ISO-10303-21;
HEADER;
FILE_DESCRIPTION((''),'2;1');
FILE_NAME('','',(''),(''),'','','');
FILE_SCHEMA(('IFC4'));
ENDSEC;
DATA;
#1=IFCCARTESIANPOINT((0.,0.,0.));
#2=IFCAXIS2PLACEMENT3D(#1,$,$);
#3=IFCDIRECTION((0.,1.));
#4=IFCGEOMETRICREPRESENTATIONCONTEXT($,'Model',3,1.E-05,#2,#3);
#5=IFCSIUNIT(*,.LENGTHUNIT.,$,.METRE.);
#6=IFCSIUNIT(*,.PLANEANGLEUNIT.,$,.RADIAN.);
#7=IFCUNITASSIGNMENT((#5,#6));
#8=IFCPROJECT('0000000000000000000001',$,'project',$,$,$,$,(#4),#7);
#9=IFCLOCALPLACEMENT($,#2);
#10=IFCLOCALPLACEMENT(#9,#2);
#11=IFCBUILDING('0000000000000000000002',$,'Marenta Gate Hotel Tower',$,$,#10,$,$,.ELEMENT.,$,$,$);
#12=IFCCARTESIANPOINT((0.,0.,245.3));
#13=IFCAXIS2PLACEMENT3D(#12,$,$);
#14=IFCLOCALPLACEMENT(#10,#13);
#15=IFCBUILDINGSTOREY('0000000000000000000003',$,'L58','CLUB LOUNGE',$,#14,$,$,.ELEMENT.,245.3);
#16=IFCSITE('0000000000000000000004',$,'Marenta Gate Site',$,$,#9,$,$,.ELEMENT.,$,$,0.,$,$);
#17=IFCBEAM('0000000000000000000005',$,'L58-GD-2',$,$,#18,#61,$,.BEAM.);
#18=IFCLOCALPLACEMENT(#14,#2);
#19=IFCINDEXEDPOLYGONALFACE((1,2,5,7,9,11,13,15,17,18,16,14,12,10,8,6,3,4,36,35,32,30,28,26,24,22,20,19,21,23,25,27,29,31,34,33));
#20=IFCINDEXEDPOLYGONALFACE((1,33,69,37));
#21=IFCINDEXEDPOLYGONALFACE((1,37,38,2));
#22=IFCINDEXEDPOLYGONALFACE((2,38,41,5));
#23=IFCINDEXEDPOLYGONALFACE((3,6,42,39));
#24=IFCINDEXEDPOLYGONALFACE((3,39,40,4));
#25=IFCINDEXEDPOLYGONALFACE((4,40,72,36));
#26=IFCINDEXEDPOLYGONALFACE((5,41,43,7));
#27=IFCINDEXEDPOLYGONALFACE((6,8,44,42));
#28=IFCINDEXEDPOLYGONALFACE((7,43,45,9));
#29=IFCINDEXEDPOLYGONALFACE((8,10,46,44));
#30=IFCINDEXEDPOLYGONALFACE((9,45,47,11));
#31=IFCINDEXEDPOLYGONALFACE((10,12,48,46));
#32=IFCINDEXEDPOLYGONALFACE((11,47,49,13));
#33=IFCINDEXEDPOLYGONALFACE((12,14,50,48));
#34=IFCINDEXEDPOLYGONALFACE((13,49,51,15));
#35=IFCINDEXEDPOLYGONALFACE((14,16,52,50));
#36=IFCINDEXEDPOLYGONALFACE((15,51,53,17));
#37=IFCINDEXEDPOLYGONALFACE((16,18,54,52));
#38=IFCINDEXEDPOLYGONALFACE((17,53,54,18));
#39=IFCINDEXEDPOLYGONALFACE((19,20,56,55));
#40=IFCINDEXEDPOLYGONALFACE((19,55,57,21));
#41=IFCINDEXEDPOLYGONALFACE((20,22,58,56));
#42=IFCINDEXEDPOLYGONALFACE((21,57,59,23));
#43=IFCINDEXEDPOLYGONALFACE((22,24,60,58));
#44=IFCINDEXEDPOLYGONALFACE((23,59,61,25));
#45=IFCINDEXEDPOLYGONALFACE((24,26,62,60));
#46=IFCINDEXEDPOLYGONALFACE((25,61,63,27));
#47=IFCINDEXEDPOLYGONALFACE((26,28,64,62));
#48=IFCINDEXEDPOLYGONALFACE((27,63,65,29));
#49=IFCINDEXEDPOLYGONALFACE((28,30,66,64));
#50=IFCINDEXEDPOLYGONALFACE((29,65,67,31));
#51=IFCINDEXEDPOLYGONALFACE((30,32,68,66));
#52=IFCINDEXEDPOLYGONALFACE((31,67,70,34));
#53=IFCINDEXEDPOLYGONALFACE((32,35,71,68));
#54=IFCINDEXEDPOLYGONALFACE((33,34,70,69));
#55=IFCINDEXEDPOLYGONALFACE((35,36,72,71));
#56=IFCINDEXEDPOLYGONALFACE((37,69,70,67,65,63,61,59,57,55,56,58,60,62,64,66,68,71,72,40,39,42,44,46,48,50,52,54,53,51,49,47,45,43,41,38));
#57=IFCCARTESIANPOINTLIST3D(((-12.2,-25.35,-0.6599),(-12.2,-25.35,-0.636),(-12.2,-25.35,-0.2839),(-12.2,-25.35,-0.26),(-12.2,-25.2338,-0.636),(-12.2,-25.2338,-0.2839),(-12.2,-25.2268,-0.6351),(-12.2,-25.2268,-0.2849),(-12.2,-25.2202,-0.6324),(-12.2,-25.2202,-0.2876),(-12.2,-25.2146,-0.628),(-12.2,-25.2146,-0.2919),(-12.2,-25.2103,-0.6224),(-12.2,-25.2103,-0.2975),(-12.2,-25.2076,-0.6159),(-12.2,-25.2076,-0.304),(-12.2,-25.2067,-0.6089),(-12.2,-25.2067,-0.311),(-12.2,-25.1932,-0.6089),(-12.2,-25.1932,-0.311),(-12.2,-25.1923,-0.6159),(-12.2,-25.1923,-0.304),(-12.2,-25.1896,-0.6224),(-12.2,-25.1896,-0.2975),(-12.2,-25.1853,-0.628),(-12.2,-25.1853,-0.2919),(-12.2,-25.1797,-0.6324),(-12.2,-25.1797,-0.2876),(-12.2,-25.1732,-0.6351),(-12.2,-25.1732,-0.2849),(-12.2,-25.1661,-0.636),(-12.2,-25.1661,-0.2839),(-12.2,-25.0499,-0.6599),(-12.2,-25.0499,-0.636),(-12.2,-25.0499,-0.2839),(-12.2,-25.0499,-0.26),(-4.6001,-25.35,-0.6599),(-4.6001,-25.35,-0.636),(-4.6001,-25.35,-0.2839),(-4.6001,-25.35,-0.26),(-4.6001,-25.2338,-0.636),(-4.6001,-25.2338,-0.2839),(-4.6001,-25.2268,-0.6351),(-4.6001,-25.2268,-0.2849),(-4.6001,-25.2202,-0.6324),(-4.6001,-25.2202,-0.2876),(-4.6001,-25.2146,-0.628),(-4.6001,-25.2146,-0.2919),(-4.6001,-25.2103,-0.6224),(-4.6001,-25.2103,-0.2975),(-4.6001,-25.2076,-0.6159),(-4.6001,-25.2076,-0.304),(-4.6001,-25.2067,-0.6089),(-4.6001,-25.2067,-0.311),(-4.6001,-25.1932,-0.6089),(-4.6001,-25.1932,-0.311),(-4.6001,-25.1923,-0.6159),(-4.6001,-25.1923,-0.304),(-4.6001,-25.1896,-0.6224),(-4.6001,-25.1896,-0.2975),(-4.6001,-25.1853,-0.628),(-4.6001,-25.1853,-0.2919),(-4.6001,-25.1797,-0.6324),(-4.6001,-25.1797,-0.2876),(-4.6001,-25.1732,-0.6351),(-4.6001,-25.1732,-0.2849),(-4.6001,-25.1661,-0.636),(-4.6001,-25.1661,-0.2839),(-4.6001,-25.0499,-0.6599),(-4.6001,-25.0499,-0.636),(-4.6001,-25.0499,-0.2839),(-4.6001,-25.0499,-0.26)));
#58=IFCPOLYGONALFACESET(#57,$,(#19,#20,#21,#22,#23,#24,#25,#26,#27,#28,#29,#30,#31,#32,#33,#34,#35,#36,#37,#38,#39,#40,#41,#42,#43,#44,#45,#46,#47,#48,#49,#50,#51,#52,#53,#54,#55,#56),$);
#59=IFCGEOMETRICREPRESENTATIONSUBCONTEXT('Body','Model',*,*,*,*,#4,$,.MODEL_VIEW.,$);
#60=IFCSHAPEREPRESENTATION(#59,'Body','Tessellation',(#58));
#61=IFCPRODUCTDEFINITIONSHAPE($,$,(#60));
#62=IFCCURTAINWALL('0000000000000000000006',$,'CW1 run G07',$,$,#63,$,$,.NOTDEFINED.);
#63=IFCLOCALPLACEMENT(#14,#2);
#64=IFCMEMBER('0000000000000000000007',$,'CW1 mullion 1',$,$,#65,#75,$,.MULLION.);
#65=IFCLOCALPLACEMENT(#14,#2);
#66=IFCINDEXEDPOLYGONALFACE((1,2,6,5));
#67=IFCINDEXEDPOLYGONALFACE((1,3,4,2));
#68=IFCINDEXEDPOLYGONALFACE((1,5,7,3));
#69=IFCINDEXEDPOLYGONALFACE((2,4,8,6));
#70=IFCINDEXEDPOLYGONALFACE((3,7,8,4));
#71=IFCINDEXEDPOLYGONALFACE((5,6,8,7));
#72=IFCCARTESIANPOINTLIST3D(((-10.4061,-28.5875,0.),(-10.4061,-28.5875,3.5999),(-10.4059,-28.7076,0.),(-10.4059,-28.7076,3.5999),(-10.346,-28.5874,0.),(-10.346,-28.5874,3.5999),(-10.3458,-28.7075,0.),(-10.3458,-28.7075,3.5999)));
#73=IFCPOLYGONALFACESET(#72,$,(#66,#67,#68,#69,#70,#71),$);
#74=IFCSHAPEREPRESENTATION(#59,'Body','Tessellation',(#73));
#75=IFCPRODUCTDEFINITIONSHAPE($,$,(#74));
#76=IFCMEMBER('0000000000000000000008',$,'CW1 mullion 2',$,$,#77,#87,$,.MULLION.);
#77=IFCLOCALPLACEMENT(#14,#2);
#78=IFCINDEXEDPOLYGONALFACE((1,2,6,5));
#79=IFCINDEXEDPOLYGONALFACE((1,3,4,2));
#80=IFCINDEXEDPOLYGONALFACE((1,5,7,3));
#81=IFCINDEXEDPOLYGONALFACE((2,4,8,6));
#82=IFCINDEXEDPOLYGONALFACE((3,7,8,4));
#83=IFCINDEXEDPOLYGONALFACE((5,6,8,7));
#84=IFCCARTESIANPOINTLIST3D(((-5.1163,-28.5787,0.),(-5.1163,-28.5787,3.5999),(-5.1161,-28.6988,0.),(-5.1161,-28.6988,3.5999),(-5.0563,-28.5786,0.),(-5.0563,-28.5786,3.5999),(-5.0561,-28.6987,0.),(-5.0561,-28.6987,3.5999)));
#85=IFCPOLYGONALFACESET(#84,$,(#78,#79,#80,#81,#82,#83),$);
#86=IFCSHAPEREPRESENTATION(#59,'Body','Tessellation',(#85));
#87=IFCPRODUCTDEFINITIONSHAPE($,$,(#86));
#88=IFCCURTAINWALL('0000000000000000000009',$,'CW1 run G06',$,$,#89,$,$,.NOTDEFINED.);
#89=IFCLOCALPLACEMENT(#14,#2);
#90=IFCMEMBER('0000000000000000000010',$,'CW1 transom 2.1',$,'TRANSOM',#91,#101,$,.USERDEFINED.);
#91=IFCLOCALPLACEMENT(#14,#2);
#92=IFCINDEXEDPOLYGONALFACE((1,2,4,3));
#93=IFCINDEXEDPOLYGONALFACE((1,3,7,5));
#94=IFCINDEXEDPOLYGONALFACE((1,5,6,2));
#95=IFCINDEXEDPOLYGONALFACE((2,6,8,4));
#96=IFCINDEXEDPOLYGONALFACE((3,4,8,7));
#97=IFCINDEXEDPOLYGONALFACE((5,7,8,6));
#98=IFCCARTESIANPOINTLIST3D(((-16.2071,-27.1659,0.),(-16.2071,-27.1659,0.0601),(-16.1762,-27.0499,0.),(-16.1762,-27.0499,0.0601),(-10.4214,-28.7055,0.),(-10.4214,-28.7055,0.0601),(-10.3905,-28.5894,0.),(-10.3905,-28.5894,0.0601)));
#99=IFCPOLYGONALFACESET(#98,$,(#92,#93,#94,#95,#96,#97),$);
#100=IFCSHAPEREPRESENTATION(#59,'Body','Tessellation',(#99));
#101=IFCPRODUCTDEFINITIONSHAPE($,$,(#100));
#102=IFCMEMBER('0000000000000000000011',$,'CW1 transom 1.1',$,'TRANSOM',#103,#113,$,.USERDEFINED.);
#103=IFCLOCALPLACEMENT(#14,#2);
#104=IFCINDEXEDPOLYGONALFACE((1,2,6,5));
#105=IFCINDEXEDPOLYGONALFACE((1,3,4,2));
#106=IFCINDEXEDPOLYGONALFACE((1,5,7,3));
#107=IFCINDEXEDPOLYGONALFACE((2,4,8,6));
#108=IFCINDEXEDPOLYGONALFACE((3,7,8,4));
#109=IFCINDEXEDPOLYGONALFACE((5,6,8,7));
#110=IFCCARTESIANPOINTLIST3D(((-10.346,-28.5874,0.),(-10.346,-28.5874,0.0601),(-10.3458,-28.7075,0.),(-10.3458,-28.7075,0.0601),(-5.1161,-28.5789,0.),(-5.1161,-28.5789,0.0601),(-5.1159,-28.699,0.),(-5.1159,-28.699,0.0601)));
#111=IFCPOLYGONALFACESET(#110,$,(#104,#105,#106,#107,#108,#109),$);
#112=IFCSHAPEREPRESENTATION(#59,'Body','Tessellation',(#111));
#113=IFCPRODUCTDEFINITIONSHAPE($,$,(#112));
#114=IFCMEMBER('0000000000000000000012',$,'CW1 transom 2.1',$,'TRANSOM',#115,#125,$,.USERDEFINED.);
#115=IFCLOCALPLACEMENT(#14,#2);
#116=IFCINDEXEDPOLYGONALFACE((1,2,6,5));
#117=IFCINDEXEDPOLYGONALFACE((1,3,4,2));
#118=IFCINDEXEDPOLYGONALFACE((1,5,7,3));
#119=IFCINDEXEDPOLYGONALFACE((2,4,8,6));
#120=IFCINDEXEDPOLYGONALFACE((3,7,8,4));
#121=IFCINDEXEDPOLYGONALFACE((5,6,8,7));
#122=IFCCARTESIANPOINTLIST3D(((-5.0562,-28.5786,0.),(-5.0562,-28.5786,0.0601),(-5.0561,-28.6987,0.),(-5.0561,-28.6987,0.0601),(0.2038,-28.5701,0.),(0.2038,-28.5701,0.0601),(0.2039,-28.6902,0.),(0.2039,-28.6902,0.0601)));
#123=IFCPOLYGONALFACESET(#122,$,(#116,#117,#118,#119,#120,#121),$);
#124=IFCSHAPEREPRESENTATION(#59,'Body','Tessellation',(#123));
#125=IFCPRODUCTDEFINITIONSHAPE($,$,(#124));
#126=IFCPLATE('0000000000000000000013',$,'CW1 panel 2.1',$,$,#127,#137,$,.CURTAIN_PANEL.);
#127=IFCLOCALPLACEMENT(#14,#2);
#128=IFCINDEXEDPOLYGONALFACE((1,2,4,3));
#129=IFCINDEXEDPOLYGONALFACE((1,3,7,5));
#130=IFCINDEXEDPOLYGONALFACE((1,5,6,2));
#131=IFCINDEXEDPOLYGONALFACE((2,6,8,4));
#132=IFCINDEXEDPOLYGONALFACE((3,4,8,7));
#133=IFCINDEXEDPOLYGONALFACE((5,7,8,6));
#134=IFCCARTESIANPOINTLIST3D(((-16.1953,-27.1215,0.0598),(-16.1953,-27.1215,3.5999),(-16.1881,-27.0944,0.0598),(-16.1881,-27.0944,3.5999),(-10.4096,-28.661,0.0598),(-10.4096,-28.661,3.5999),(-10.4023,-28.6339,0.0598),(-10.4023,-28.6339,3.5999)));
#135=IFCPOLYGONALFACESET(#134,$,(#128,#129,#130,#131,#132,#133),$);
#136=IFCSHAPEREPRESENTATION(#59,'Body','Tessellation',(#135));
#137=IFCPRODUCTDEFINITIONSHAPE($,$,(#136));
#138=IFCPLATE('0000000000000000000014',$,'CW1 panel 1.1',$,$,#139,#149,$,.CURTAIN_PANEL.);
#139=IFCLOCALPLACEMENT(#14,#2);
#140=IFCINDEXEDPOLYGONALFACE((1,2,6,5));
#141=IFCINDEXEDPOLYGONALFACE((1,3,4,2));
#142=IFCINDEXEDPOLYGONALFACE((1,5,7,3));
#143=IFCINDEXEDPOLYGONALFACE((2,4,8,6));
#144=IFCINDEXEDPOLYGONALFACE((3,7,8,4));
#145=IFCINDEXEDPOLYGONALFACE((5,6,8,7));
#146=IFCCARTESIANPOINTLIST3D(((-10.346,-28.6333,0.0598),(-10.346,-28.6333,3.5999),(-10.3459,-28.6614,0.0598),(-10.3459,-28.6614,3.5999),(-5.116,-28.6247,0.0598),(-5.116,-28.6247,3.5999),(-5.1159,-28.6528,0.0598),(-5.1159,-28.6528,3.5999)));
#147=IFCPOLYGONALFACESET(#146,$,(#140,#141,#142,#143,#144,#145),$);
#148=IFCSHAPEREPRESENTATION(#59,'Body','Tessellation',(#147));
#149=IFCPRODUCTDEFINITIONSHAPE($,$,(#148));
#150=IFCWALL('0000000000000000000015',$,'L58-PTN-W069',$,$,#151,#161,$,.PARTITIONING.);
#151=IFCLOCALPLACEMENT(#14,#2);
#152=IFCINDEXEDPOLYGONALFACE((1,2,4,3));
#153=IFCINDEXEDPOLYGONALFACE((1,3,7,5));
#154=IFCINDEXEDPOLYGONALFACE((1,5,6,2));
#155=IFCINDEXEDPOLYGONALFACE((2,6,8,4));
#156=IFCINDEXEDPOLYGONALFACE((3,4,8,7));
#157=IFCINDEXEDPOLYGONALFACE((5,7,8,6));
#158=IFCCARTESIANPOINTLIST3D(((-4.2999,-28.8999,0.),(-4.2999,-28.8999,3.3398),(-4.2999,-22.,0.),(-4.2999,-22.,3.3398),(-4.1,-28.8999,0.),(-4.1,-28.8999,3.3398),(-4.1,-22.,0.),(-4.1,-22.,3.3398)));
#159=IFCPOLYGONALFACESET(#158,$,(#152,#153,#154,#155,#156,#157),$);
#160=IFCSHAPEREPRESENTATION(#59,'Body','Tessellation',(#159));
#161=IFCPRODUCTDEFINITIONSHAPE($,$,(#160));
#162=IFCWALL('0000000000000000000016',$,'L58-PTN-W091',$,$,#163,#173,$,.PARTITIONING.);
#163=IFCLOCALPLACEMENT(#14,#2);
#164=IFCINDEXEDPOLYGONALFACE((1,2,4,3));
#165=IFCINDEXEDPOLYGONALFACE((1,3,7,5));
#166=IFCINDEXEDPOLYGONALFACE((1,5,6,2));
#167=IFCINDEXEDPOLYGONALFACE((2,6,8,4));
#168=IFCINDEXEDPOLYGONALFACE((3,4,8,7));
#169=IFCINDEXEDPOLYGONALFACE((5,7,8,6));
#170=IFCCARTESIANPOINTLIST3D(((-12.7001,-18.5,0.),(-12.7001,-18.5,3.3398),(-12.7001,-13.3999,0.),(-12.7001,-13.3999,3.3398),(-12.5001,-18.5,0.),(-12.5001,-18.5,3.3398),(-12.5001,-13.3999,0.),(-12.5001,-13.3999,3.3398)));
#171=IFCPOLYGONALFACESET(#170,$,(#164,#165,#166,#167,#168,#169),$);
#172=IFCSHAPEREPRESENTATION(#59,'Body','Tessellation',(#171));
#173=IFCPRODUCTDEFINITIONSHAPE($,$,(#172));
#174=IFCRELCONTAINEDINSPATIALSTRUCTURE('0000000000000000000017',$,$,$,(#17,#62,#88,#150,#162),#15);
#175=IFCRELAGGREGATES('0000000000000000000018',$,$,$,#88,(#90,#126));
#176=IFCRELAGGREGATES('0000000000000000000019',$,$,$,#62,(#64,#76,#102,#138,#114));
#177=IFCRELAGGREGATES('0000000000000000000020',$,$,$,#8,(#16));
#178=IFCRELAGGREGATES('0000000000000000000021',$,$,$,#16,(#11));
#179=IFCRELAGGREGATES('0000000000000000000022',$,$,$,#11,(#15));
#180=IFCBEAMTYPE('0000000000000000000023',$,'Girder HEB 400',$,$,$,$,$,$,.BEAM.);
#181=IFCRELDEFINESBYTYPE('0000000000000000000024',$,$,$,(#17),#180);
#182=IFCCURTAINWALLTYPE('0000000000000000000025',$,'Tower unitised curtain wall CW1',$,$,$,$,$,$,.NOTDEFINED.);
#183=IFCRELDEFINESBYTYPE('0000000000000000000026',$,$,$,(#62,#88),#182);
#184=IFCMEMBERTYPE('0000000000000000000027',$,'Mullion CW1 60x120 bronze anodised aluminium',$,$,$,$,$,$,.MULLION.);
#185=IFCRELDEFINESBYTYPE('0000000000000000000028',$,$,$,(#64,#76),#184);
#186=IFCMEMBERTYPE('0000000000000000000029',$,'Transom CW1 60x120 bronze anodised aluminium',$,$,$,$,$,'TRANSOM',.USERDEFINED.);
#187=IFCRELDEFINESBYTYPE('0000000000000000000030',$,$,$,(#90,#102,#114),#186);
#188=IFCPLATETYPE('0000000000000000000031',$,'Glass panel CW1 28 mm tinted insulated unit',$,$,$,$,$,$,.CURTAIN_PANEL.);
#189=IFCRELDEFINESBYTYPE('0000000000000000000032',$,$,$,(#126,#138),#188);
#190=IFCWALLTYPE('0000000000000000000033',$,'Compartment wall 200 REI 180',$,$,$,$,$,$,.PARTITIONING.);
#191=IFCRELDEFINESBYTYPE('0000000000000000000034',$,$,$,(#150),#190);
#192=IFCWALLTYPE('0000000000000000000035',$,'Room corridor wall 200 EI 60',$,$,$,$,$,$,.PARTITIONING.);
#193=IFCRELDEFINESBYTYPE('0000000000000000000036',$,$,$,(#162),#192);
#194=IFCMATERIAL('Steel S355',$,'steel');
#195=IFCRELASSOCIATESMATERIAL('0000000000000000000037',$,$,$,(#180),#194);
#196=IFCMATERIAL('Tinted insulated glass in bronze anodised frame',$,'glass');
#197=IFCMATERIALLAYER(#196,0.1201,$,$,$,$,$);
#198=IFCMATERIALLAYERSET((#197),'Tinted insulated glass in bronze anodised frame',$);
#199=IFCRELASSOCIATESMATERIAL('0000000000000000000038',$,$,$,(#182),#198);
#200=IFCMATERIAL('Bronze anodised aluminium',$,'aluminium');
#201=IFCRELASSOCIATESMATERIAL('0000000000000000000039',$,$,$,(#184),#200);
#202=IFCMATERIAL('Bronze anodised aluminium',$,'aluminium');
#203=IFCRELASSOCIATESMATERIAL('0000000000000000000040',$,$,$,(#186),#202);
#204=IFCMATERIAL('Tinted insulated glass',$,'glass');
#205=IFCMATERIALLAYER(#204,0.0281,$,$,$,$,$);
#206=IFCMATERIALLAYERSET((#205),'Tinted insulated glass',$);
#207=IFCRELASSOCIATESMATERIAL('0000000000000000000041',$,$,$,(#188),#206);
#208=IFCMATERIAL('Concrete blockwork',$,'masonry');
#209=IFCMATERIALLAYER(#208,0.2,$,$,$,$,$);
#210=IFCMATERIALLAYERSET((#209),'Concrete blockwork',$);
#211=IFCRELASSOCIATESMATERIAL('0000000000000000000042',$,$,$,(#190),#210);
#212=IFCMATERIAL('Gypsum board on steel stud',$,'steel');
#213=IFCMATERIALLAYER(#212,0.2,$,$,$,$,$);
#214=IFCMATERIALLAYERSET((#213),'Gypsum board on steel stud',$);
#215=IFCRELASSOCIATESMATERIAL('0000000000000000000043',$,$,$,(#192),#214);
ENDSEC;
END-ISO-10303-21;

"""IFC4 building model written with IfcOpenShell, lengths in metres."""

from ifc_helpers import new_model, si_unit, direction, frame, frame_2d, origin, origin_2d, place, context, subcontext, project, spatial, rectangle, i_section, extrude, material, layer, layer_set, material_profile, profile_set, type_object, element, aggregate, save


model = new_model("IFC4")

# Units and contexts
model_context = context("Model", 3, precision=1e-05, world=origin(), true_north=direction((0.0, 1.0)))
body_context = subcontext(model_context, "Body", "Model", "MODEL_VIEW")
ifc_project = project(units=[si_unit("LENGTHUNIT", "METRE"), si_unit("PLANEANGLEUNIT", "RADIAN")], contexts=[model_context])

# Site, building, storey
site_placement = place(None, origin())
site = spatial("IfcSite", under=ifc_project, at=site_placement, Name="Marenta Gate Site", CompositionType="ELEMENT", RefElevation=0.0)
building_placement = place(site_placement, origin())
building = spatial("IfcBuilding", under=site, at=building_placement, Name="Marenta Gate Hotel Tower", CompositionType="ELEMENT")
storey_placement = place(building_placement, frame((0.0, 0.0, 245.3)))
storey = spatial("IfcBuildingStorey", under=building, at=storey_placement, Name="L58", Description="CLUB LOUNGE", CompositionType="ELEMENT", Elevation=245.3)

# Beam
ifc_material_1 = material(Name="Steel S355", Category="steel")
ifc_material_profile_1 = material_profile(ifc_material_1, i_section(OverallWidth=0.3, OverallDepth=0.3999, WebThickness=0.0134, FlangeThickness=0.0239, FilletRadius=0.0271, at=origin_2d()), Name="HEB 400")
ifc_profile_set_1 = profile_set([ifc_material_profile_1], Name="Steel S355")
beam_type_1 = type_object("IfcBeamType", Name="Girder HEB 400", PredefinedType="BEAM", material=ifc_profile_set_1)
beam_1_placement = place(storey_placement, frame((-12.2, -25.2, -0.46), z_axis=(1.0, 0.0, 0.0), x_axis=(0.0, 1.0, 0.0)))
element("IfcBeam", 1, at=beam_1_placement, inside=storey, type_object=beam_type_1, Name="L58-GD-2", PredefinedType="BEAM", context=body_context, shape_type="SweptSolid", body=[
    extrude(i_section(OverallWidth=0.3, OverallDepth=0.3999, WebThickness=0.0134, FlangeThickness=0.0239, FilletRadius=0.0271, at=origin_2d()), origin(), (0.0, 0.0, 1.0), 7.5999),
])

# Curtain wall, members
ifc_material_2 = material(Name="Tinted insulated glass in bronze anodised frame", Category="glass")
ifc_layer_1 = layer(ifc_material_2, 0.1201)
ifc_layer_set_1 = layer_set([ifc_layer_1], Name="Tinted insulated glass in bronze anodised frame")
curtain_wall_type = type_object("IfcCurtainWallType", Name="Tower unitised curtain wall CW1", PredefinedType="NOTDEFINED", material=ifc_layer_set_1)
curtain_wall_1_placement = place(storey_placement, origin())
curtain_wall_1 = element("IfcCurtainWall", 2, at=curtain_wall_1_placement, inside=storey, type_object=curtain_wall_type, Name="CW1 run G07", PredefinedType="NOTDEFINED")
ifc_material_3 = material(Name="Bronze anodised aluminium", Category="aluminium")
ifc_material_profile_2 = material_profile(ifc_material_3, rectangle(XDim=0.1201, YDim=0.0601, at=origin_2d()), Name="Mullion CW1 60x120 bronze anodised aluminium")
ifc_profile_set_2 = profile_set([ifc_material_profile_2], Name="Bronze anodised aluminium")
member_type_1 = type_object("IfcMemberType", Name="Mullion CW1 60x120 bronze anodised aluminium", PredefinedType="MULLION", material=ifc_profile_set_2)
member_1_placement = place(storey_placement, frame((-10.376, -28.6475, 0.0), z_axis=(0.0, 0.0, 1.0), x_axis=(-0.001645, 0.999999, 0.0)))
member_1 = element("IfcMember", 3, at=member_1_placement, type_object=member_type_1, Name="CW1 mullion 1", PredefinedType="MULLION", context=body_context, shape_type="SweptSolid", body=[
    extrude(rectangle(XDim=0.1201, YDim=0.0601, at=origin_2d()), origin(), (0.0, 0.0, 1.0), 3.5999),
])
member_2_placement = place(storey_placement, frame((-5.0862, -28.6387, 0.0), z_axis=(0.0, 0.0, 1.0), x_axis=(-0.001645, 0.999999, 0.0)))
member_2 = element("IfcMember", 4, at=member_2_placement, type_object=member_type_1, Name="CW1 mullion 2", PredefinedType="MULLION", context=body_context, shape_type="SweptSolid", body=[
    extrude(rectangle(XDim=0.1201, YDim=0.0601, at=origin_2d()), origin(), (0.0, 0.0, 1.0), 3.5999),
])

# Curtain wall, member
curtain_wall_2_placement = place(storey_placement, origin())
curtain_wall_2 = element("IfcCurtainWall", 5, at=curtain_wall_2_placement, inside=storey, type_object=curtain_wall_type, Name="CW1 run G06", PredefinedType="NOTDEFINED")
ifc_material_4 = material(Name="Bronze anodised aluminium", Category="aluminium")
ifc_material_profile_3 = material_profile(ifc_material_4, rectangle(XDim=0.1201, YDim=0.0601, at=origin_2d()), Name="Transom CW1 60x120 bronze anodised aluminium")
ifc_profile_set_3 = profile_set([ifc_material_profile_3], Name="Bronze anodised aluminium")
member_type_2 = type_object("IfcMemberType", Name="Transom CW1 60x120 bronze anodised aluminium", ElementType="TRANSOM", PredefinedType="USERDEFINED", material=ifc_profile_set_3)
member_3_placement = place(storey_placement, frame((-16.1917, -27.1079, 0.03), z_axis=(0.966372, -0.25715, 0.0), x_axis=(0.25715, 0.966372, 0.0)))
member_3 = element("IfcMember", 6, at=member_3_placement, type_object=member_type_2, Name="CW1 transom 2.1", ObjectType="TRANSOM", PredefinedType="USERDEFINED", context=body_context, shape_type="SweptSolid", body=[
    extrude(rectangle(XDim=0.1201, YDim=0.0601, at=origin_2d()), origin(), (0.0, 0.0, 1.0), 5.9871),
])

# Members
member_4_placement = place(storey_placement, frame((-10.3459, -28.6475, 0.03), z_axis=(0.999999, 0.001634, 0.0), x_axis=(-0.001634, 0.999999, 0.0)))
member_4 = element("IfcMember", 7, at=member_4_placement, type_object=member_type_2, Name="CW1 transom 1.1", ObjectType="TRANSOM", PredefinedType="USERDEFINED", context=body_context, shape_type="SweptSolid", body=[
    extrude(rectangle(XDim=0.1201, YDim=0.0601, at=origin_2d()), origin(), (0.0, 0.0, 1.0), 5.23),
])
member_5_placement = place(storey_placement, frame((-5.0562, -28.6387, 0.03), z_axis=(0.999999, 0.001625, 0.0), x_axis=(-0.001625, 0.999999, 0.0)))
member_5 = element("IfcMember", 8, at=member_5_placement, type_object=member_type_2, Name="CW1 transom 2.1", ObjectType="TRANSOM", PredefinedType="USERDEFINED", context=body_context, shape_type="SweptSolid", body=[
    extrude(rectangle(XDim=0.1201, YDim=0.0601, at=origin_2d()), origin(), (0.0, 0.0, 1.0), 5.26),
])

# Plates
ifc_material_5 = material(Name="Tinted insulated glass", Category="glass")
ifc_layer_2 = layer(ifc_material_5, 0.0281)
ifc_layer_set_2 = layer_set([ifc_layer_2], Name="Tinted insulated glass")
plate_type = type_object("IfcPlateType", Name="Glass panel CW1 28 mm tinted insulated unit", PredefinedType="CURTAIN_PANEL", material=ifc_layer_set_2)
plate_1_placement = place(storey_placement, frame((-13.2988, -27.8777, 0.0598), z_axis=(0.0, 0.0, 1.0), x_axis=(0.966374, -0.257139, 0.0)))
plate_1 = element("IfcPlate", 9, at=plate_1_placement, type_object=plate_type, Name="CW1 panel 2.1", PredefinedType="CURTAIN_PANEL", context=body_context, shape_type="SweptSolid", body=[
    extrude(rectangle(XDim=5.9871, YDim=0.0281, at=origin_2d()), origin(), (0.0, 0.0, 1.0), 3.54),
])
aggregate(curtain_wall_2, [member_3, plate_1])
plate_2_placement = place(storey_placement, frame((-7.731, -28.6431, 0.0598), z_axis=(0.0, 0.0, 1.0), x_axis=(0.999999, 0.001645, 0.0)))
plate_2 = element("IfcPlate", 10, at=plate_2_placement, type_object=plate_type, Name="CW1 panel 1.1", PredefinedType="CURTAIN_PANEL", context=body_context, shape_type="SweptSolid", body=[
    extrude(rectangle(XDim=5.23, YDim=0.0281, at=origin_2d()), origin(), (0.0, 0.0, 1.0), 3.54),
])
aggregate(curtain_wall_1, [member_1, member_2, member_4, plate_2, member_5])

# Wall
ifc_material_6 = material(Name="Concrete blockwork", Category="masonry")
ifc_layer_3 = layer(ifc_material_6, 0.2)
ifc_layer_set_3 = layer_set([ifc_layer_3], Name="Concrete blockwork")
wall_type_1 = type_object("IfcWallType", Name="Compartment wall 200 REI 180", PredefinedType="PARTITIONING", material=ifc_layer_set_3)
wall_1_placement = place(storey_placement, frame((-4.2, -28.8999, 0.0), z_axis=(0.0, 0.0, 1.0), x_axis=(0.0, 1.0, 0.0)))
element("IfcWall", 11, at=wall_1_placement, inside=storey, type_object=wall_type_1, Name="L58-PTN-W069", PredefinedType="PARTITIONING", context=body_context, shape_type="SweptSolid", body=[
    extrude(rectangle(XDim=6.8999, YDim=0.2, at=frame_2d((3.45, 0.0))), origin(), (0.0, 0.0, 1.0), 3.3398),
])

# Wall
ifc_material_7 = material(Name="Gypsum board on steel stud", Category="steel")
ifc_layer_4 = layer(ifc_material_7, 0.2)
ifc_layer_set_4 = layer_set([ifc_layer_4], Name="Gypsum board on steel stud")
wall_type_2 = type_object("IfcWallType", Name="Room corridor wall 200 EI 60", PredefinedType="PARTITIONING", material=ifc_layer_set_4)
wall_2_placement = place(storey_placement, frame((-12.6001, -18.5, 0.0), z_axis=(0.0, 0.0, 1.0), x_axis=(0.0, 1.0, 0.0)))
element("IfcWall", 12, at=wall_2_placement, inside=storey, type_object=wall_type_2, Name="L58-PTN-W091", PredefinedType="PARTITIONING", context=body_context, shape_type="SweptSolid", body=[
    extrude(rectangle(XDim=5.1001, YDim=0.2, at=frame_2d((2.55, 0.0))), origin(), (0.0, 0.0, 1.0), 3.3398),
])

save(model, "model.ifc")
